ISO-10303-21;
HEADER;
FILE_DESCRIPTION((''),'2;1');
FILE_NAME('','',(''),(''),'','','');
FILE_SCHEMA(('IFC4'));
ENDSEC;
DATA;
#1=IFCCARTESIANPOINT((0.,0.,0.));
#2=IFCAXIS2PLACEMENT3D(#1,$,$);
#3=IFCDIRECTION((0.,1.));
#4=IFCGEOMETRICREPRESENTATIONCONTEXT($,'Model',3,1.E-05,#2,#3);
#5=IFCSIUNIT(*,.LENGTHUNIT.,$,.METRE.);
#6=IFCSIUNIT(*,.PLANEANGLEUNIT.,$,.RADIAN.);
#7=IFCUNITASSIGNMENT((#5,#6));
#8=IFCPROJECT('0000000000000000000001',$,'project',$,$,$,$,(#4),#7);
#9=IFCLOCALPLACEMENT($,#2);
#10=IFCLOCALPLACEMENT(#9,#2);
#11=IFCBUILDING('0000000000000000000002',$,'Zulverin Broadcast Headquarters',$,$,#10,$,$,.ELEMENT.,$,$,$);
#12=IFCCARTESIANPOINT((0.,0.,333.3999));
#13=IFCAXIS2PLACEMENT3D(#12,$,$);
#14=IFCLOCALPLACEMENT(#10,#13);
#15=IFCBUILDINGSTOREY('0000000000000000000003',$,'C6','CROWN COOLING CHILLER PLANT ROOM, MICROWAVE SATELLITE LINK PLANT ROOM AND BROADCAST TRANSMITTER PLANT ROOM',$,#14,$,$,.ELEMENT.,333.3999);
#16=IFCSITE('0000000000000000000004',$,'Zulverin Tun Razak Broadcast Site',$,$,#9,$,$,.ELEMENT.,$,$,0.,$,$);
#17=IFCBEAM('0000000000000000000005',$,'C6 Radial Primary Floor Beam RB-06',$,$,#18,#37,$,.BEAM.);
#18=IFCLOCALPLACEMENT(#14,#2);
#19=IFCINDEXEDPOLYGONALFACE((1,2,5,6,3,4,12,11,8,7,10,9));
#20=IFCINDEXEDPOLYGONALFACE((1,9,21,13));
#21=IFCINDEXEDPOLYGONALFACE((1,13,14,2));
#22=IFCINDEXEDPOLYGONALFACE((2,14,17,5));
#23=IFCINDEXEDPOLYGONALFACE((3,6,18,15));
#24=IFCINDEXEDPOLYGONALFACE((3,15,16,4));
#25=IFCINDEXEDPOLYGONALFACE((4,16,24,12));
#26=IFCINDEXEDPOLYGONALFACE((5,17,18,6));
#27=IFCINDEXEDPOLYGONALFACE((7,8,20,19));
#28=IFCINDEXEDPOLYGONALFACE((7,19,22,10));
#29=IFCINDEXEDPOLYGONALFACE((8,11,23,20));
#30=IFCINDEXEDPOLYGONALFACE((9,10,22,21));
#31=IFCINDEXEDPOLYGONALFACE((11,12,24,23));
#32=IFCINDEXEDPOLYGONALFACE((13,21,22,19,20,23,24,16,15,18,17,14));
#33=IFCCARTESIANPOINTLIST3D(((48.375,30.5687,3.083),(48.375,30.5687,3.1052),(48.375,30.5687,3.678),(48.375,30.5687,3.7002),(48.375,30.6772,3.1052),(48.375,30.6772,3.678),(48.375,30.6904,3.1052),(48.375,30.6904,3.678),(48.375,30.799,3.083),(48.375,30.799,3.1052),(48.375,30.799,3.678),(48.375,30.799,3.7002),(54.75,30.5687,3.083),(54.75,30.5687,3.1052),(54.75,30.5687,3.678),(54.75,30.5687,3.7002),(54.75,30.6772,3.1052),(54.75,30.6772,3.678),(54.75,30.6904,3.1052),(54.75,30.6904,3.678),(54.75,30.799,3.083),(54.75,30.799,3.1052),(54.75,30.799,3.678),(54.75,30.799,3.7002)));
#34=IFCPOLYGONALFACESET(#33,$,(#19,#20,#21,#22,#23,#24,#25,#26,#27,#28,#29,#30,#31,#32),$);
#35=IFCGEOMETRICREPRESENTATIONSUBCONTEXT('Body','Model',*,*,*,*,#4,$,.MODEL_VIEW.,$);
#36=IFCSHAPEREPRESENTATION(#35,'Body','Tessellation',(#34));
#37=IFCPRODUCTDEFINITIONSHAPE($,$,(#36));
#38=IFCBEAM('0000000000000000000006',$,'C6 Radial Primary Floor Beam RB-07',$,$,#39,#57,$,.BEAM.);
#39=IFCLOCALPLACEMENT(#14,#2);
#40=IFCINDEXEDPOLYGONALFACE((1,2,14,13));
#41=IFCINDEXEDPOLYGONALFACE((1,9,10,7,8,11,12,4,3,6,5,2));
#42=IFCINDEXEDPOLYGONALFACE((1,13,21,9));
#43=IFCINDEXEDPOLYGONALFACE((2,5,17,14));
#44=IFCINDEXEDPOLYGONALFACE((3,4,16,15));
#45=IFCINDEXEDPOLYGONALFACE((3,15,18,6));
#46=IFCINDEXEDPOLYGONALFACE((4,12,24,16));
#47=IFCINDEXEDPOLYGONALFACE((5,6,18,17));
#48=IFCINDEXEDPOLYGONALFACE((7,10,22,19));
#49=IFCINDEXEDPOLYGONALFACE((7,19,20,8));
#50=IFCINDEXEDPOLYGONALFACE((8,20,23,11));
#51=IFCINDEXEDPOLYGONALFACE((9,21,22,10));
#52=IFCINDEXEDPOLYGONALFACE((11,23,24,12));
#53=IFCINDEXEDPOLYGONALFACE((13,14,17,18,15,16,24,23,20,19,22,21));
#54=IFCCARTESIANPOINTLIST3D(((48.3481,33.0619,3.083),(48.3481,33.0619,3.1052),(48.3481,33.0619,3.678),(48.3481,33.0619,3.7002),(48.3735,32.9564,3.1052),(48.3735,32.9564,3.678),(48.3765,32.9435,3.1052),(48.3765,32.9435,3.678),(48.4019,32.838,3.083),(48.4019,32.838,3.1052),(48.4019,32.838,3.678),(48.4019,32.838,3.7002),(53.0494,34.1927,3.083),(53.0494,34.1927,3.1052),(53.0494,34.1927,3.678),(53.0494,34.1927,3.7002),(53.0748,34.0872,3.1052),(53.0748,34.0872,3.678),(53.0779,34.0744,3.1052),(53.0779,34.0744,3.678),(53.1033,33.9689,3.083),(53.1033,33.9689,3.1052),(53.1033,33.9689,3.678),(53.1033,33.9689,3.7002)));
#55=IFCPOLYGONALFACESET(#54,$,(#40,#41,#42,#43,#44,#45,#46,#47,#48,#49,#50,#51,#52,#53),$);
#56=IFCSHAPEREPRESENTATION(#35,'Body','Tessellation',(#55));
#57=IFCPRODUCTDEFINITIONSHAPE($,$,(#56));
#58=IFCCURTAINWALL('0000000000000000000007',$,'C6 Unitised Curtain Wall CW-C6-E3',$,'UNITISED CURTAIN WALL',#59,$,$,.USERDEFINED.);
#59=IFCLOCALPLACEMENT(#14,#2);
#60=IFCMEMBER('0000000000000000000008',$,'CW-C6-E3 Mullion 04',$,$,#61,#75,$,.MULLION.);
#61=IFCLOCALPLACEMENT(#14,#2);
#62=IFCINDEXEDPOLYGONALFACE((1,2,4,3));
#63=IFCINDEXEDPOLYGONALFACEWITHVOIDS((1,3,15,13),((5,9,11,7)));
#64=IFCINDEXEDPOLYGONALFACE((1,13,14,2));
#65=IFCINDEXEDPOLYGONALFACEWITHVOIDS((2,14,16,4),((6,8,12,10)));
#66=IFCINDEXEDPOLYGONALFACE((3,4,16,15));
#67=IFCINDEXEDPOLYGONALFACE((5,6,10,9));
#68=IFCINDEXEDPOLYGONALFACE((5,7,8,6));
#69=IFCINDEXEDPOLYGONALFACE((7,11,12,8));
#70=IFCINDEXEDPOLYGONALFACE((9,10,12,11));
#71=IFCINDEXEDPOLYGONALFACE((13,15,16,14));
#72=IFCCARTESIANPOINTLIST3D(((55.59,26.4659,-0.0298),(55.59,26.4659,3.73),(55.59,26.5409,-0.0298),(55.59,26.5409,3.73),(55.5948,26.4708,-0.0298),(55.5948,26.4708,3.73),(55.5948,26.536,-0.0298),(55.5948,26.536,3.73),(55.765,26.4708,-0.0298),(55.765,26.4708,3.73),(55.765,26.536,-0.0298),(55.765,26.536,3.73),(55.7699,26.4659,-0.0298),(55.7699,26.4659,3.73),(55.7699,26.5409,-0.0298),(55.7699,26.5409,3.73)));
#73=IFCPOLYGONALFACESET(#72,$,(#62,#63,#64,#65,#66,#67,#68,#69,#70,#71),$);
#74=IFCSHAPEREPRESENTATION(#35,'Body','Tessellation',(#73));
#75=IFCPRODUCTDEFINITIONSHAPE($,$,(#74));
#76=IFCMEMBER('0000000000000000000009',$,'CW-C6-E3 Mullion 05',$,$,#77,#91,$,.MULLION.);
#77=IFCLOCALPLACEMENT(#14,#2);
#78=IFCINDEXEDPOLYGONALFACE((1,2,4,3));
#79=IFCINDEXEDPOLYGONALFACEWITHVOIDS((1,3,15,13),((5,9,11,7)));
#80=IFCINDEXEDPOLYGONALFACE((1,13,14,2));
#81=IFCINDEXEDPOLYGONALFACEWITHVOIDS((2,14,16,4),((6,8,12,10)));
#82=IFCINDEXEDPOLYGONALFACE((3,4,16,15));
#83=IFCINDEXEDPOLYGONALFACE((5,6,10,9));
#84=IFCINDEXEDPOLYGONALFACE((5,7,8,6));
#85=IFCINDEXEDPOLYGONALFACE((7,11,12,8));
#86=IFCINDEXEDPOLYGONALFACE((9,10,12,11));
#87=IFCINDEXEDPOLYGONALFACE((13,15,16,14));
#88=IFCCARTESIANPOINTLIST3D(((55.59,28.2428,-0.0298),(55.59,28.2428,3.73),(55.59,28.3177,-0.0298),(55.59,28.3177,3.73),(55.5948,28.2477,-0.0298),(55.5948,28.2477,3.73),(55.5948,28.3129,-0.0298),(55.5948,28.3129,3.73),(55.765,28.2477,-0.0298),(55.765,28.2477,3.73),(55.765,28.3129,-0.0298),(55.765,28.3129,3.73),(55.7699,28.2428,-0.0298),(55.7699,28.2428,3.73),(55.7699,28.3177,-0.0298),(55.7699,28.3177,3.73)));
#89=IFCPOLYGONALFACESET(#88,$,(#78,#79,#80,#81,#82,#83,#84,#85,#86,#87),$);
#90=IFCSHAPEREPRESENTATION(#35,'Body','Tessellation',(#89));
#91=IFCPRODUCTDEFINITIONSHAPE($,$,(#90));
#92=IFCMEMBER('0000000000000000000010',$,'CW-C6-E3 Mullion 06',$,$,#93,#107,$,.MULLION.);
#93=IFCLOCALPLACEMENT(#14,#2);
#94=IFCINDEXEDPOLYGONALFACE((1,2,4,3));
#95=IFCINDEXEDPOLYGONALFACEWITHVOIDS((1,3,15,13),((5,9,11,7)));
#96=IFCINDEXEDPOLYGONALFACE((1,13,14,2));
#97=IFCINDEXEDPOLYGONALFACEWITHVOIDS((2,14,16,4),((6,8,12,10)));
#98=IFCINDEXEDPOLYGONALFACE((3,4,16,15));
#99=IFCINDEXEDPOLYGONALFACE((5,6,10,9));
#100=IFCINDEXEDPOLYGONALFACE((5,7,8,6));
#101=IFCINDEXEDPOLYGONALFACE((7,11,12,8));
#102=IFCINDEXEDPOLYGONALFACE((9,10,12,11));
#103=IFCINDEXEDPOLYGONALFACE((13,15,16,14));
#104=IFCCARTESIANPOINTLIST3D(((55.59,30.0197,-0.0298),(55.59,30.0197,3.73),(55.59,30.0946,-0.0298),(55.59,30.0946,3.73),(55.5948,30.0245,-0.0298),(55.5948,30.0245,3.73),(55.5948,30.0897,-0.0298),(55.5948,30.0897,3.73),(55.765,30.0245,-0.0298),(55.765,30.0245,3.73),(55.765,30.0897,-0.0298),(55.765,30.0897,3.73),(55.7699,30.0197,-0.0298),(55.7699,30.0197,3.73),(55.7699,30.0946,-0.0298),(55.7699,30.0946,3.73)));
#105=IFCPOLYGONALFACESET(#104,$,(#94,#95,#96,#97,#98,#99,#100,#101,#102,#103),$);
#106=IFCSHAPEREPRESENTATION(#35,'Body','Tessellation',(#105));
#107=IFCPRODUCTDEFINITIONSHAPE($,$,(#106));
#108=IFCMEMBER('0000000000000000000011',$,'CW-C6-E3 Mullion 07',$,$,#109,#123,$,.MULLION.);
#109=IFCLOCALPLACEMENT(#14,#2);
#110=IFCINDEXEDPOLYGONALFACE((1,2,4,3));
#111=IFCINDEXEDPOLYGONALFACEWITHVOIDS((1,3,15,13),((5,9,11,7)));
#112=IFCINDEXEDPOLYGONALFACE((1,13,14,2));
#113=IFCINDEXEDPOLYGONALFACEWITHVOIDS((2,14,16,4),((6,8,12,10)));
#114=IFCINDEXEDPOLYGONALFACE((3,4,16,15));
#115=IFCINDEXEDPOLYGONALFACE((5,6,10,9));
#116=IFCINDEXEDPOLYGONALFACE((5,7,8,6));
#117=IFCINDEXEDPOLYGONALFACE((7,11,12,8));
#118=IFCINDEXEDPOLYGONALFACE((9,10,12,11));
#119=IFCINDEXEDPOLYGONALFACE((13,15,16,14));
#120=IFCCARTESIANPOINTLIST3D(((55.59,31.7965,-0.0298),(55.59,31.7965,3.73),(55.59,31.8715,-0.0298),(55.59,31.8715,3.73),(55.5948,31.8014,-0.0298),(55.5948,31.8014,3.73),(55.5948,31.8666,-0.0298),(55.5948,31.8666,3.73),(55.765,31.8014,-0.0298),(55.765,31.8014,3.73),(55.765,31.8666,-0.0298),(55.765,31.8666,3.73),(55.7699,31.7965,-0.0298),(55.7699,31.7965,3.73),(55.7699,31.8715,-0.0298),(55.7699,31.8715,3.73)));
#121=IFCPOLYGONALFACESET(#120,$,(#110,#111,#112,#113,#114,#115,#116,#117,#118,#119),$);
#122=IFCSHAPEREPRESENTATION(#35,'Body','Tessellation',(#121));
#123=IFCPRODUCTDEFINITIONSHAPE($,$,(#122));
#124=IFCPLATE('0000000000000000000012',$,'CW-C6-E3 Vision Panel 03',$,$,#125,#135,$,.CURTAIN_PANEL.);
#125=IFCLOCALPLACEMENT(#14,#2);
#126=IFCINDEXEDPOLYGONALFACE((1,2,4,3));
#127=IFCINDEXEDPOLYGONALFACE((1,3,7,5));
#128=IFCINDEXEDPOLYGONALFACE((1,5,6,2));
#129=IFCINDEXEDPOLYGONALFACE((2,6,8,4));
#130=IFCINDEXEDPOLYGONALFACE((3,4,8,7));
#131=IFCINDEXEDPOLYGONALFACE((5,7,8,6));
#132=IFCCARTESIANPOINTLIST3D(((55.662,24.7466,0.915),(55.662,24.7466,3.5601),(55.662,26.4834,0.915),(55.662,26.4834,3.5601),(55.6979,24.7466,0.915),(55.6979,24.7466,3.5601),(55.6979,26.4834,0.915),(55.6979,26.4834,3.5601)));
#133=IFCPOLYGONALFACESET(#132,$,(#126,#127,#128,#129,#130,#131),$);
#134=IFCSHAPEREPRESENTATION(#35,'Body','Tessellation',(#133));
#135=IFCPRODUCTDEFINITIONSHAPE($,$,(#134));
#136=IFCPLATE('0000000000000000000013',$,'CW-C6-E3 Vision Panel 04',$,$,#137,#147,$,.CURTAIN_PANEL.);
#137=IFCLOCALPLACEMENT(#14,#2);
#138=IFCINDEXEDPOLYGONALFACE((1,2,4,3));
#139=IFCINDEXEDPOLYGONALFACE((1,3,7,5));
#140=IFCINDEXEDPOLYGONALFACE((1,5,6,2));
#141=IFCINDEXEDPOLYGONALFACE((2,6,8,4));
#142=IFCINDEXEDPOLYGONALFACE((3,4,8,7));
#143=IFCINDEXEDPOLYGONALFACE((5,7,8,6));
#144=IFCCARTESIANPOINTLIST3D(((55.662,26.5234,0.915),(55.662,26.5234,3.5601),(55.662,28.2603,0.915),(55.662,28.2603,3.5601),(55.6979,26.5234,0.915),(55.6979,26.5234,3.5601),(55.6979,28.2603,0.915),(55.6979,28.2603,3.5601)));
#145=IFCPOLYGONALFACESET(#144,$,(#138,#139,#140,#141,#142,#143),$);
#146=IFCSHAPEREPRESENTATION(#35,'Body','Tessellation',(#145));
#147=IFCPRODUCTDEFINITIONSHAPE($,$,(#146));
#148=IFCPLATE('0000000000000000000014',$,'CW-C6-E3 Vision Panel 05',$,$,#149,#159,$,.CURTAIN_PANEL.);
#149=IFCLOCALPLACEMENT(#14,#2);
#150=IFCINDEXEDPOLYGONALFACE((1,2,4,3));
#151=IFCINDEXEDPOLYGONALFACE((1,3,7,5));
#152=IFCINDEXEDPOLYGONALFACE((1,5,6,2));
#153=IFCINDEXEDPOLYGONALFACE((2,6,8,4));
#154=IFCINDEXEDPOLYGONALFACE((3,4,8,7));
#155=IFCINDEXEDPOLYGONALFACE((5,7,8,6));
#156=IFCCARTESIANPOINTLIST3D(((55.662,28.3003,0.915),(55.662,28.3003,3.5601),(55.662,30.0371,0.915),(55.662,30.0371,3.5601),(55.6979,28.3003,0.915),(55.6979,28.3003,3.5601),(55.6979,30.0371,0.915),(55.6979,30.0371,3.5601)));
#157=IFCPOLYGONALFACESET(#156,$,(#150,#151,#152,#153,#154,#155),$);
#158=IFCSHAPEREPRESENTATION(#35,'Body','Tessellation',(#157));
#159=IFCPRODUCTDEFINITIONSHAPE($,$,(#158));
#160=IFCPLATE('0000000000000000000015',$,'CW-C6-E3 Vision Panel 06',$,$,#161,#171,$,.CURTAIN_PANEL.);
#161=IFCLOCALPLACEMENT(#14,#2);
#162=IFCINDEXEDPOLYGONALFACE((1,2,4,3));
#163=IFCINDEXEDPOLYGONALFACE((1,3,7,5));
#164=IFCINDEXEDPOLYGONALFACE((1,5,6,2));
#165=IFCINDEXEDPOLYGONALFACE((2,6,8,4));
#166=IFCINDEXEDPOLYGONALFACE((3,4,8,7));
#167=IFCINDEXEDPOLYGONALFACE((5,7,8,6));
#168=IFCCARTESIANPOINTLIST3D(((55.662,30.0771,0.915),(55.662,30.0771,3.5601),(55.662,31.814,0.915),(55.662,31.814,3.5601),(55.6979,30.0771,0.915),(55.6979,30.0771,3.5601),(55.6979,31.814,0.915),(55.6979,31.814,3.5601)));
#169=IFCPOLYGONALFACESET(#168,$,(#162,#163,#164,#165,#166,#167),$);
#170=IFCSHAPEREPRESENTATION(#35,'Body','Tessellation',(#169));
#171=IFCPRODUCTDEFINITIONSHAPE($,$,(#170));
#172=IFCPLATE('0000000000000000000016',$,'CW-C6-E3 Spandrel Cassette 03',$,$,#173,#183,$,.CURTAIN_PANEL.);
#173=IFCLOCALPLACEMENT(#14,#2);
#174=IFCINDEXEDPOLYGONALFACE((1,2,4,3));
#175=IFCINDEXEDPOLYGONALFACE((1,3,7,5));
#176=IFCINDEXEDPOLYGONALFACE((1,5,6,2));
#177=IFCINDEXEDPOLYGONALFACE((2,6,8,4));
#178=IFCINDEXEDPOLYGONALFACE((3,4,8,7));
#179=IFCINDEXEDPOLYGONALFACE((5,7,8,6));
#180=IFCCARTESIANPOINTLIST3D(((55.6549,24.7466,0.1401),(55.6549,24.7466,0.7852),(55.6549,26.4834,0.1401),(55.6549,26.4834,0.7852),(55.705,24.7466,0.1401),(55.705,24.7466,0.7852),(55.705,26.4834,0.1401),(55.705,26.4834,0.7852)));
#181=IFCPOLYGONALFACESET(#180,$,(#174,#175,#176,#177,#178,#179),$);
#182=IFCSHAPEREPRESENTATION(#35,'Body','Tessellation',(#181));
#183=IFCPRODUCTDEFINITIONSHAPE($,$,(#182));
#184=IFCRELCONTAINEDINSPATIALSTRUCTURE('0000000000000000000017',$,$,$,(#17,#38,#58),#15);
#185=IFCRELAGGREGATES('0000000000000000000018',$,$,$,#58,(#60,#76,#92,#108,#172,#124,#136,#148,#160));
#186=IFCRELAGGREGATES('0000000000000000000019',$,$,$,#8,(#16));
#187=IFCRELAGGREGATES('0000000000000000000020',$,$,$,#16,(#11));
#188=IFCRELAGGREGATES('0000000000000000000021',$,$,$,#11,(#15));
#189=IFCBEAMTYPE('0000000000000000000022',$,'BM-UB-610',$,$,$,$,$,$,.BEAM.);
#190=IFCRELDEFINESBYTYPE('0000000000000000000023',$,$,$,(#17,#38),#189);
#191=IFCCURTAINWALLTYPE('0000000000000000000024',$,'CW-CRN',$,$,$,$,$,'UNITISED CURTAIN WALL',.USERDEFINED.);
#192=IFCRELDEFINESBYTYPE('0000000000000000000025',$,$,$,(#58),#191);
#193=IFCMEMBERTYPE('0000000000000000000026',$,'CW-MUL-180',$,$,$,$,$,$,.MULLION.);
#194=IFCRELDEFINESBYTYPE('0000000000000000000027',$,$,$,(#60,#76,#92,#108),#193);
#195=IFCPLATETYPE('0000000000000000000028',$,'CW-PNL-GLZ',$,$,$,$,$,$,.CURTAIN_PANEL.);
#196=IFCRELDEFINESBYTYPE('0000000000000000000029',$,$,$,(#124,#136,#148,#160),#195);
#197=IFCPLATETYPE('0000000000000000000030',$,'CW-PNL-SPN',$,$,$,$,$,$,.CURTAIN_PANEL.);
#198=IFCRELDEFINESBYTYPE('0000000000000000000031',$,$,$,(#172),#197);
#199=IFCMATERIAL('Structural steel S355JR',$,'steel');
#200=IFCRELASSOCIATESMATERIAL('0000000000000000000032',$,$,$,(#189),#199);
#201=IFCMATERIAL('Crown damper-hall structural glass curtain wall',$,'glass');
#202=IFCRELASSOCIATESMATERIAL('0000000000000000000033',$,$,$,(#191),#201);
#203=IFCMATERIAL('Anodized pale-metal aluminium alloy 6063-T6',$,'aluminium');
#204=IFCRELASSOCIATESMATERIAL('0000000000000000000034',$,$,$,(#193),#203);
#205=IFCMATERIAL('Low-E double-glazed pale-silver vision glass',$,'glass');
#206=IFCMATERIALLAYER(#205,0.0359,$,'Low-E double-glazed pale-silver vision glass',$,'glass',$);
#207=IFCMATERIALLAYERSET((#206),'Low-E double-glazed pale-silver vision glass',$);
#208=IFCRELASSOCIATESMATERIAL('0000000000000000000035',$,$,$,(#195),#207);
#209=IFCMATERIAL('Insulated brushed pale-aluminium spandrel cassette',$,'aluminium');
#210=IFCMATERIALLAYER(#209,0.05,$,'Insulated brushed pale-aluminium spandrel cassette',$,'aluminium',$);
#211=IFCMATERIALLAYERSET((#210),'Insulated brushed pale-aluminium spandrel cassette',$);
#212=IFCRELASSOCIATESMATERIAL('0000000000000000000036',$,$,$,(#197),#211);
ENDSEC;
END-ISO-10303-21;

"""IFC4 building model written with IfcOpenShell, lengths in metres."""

from ifc_helpers import new_model, si_unit, direction, frame, origin, origin_2d, place, context, subcontext, project, spatial, rectangle, hollow_rectangle, i_section, extrude, material, layer, layer_set, material_profile, profile_set, type_object, element, aggregate, save


model = new_model("IFC4")

# Units and contexts
model_context = context("Model", 3, precision=1e-05, world=origin(), true_north=direction((0.0, 1.0)))
body_context = subcontext(model_context, "Body", "Model", "MODEL_VIEW")
ifc_project = project(units=[si_unit("LENGTHUNIT", "METRE"), si_unit("PLANEANGLEUNIT", "RADIAN")], contexts=[model_context])

# Site, building, storey
site_placement = place(None, origin())
site = spatial("IfcSite", under=ifc_project, at=site_placement, Name="Zulverin Tun Razak Broadcast Site", CompositionType="ELEMENT", RefElevation=0.0)
building_placement = place(site_placement, origin())
building = spatial("IfcBuilding", under=site, at=building_placement, Name="Zulverin Broadcast Headquarters", CompositionType="ELEMENT")
storey_placement = place(building_placement, frame((0.0, 0.0, 333.3999)))
storey = spatial("IfcBuildingStorey", under=building, at=storey_placement, Name="C6", Description="CROWN COOLING CHILLER PLANT ROOM, MICROWAVE SATELLITE LINK PLANT ROOM AND BROADCAST TRANSMITTER PLANT ROOM", CompositionType="ELEMENT", Elevation=333.3999)

# Shared definitions
ifc_material_1 = material(Name="Structural steel S355JR", Category="steel")

# Beams
ifc_material_profile_1 = material_profile(ifc_material_1, i_section(OverallWidth=0.2302, OverallDepth=0.6172, WebThickness=0.0132, FlangeThickness=0.0222, at=origin_2d()), Name="Structural steel S355JR", Category="steel")
ifc_profile_set_1 = profile_set([ifc_material_profile_1], Name="Structural steel S355JR")
beam_type_1 = type_object("IfcBeamType", Name="BM-UB-610", PredefinedType="BEAM", material=ifc_profile_set_1)
beam_1_placement = place(storey_placement, frame((48.375, 30.6838, 3.3916), z_axis=(1.0, 0.0, 0.0), x_axis=(0.0, 1.0, 0.0)))
element("IfcBeam", 1, at=beam_1_placement, inside=storey, type_object=beam_type_1, Name="C6 Radial Primary Floor Beam RB-06", PredefinedType="BEAM", context=body_context, shape_type="SweptSolid", body=[
    extrude(i_section(OverallWidth=0.2302, OverallDepth=0.6172, WebThickness=0.0132, FlangeThickness=0.0222, at=origin_2d()), origin(), (0.0, 0.0, 1.0), 6.375),
])
beam_2_placement = place(storey_placement, frame((48.375, 32.95, 3.3916), z_axis=(0.972269, 0.233866, 0.0), x_axis=(-0.233866, 0.972269, 0.0)))
element("IfcBeam", 2, at=beam_2_placement, inside=storey, type_object=beam_type_1, Name="C6 Radial Primary Floor Beam RB-07", PredefinedType="BEAM", context=body_context, shape_type="SweptSolid", body=[
    extrude(i_section(OverallWidth=0.2302, OverallDepth=0.6172, WebThickness=0.0132, FlangeThickness=0.0222, at=origin_2d()), origin(), (0.0, 0.0, 1.0), 4.8354),
])

# Curtain wall, members, plates
ifc_material_2 = material(Name="Crown damper-hall structural glass curtain wall", Category="glass")
curtain_wall_type = type_object("IfcCurtainWallType", Name="CW-CRN", ElementType="UNITISED CURTAIN WALL", PredefinedType="USERDEFINED", material=ifc_material_2)
curtain_wall_placement = place(storey_placement, origin())
curtain_wall = element("IfcCurtainWall", 3, at=curtain_wall_placement, inside=storey, type_object=curtain_wall_type, Name="C6 Unitised Curtain Wall CW-C6-E3", ObjectType="UNITISED CURTAIN WALL", PredefinedType="USERDEFINED")
ifc_material_3 = material(Name="Anodized pale-metal aluminium alloy 6063-T6", Category="aluminium")
ifc_material_profile_2 = material_profile(ifc_material_3, hollow_rectangle(XDim=0.075, YDim=0.1799, WallThickness=0.0049, at=origin_2d()), Name="Anodized pale-metal aluminium alloy 6063-T6", Category="aluminium")
ifc_profile_set_2 = profile_set([ifc_material_profile_2], Name="Anodized pale-metal aluminium alloy 6063-T6")
member_type = type_object("IfcMemberType", Name="CW-MUL-180", PredefinedType="MULLION", material=ifc_profile_set_2)
member_1_placement = place(storey_placement, frame((55.6799, 26.5034, -0.0298), z_axis=(0.0, 0.0, 1.0), x_axis=(0.0, 1.0, 0.0)))
member_1 = element("IfcMember", 4, at=member_1_placement, type_object=member_type, Name="CW-C6-E3 Mullion 04", PredefinedType="MULLION", context=body_context, shape_type="SweptSolid", body=[
    extrude(hollow_rectangle(XDim=0.075, YDim=0.1799, WallThickness=0.0049, at=origin_2d()), origin(), (0.0, 0.0, 1.0), 3.7598),
])
member_2_placement = place(storey_placement, frame((55.6799, 28.2803, -0.0298), z_axis=(0.0, 0.0, 1.0), x_axis=(0.0, 1.0, 0.0)))
member_2 = element("IfcMember", 5, at=member_2_placement, type_object=member_type, Name="CW-C6-E3 Mullion 05", PredefinedType="MULLION", context=body_context, shape_type="SweptSolid", body=[
    extrude(hollow_rectangle(XDim=0.075, YDim=0.1799, WallThickness=0.0049, at=origin_2d()), origin(), (0.0, 0.0, 1.0), 3.7598),
])
member_3_placement = place(storey_placement, frame((55.6799, 30.0571, -0.0298), z_axis=(0.0, 0.0, 1.0), x_axis=(0.0, 1.0, 0.0)))
member_3 = element("IfcMember", 6, at=member_3_placement, type_object=member_type, Name="CW-C6-E3 Mullion 06", PredefinedType="MULLION", context=body_context, shape_type="SweptSolid", body=[
    extrude(hollow_rectangle(XDim=0.075, YDim=0.1799, WallThickness=0.0049, at=origin_2d()), origin(), (0.0, 0.0, 1.0), 3.7598),
])
member_4_placement = place(storey_placement, frame((55.6799, 31.834, -0.0298), z_axis=(0.0, 0.0, 1.0), x_axis=(0.0, 1.0, 0.0)))
member_4 = element("IfcMember", 7, at=member_4_placement, type_object=member_type, Name="CW-C6-E3 Mullion 07", PredefinedType="MULLION", context=body_context, shape_type="SweptSolid", body=[
    extrude(hollow_rectangle(XDim=0.075, YDim=0.1799, WallThickness=0.0049, at=origin_2d()), origin(), (0.0, 0.0, 1.0), 3.7598),
])
ifc_material_4 = material(Name="Low-E double-glazed pale-silver vision glass", Category="glass")
ifc_layer_1 = layer(ifc_material_4, 0.0359, Name="Low-E double-glazed pale-silver vision glass", Category="glass")
ifc_layer_set_1 = layer_set([ifc_layer_1], Name="Low-E double-glazed pale-silver vision glass")
plate_type_1 = type_object("IfcPlateType", Name="CW-PNL-GLZ", PredefinedType="CURTAIN_PANEL", material=ifc_layer_set_1)
plate_1_placement = place(storey_placement, frame((55.6799, 25.615, 0.915), z_axis=(0.0, 0.0, 1.0), x_axis=(0.0, 1.0, 0.0)))
plate_1 = element("IfcPlate", 8, at=plate_1_placement, type_object=plate_type_1, Name="CW-C6-E3 Vision Panel 03", PredefinedType="CURTAIN_PANEL", context=body_context, shape_type="SweptSolid", body=[
    extrude(rectangle(XDim=1.7368, YDim=0.0359, at=origin_2d()), origin(), (0.0, 0.0, 1.0), 2.645),
])
plate_2_placement = place(storey_placement, frame((55.6799, 27.3918, 0.915), z_axis=(0.0, 0.0, 1.0), x_axis=(0.0, 1.0, 0.0)))
plate_2 = element("IfcPlate", 9, at=plate_2_placement, type_object=plate_type_1, Name="CW-C6-E3 Vision Panel 04", PredefinedType="CURTAIN_PANEL", context=body_context, shape_type="SweptSolid", body=[
    extrude(rectangle(XDim=1.7368, YDim=0.0359, at=origin_2d()), origin(), (0.0, 0.0, 1.0), 2.645),
])
plate_3_placement = place(storey_placement, frame((55.6799, 29.1687, 0.915), z_axis=(0.0, 0.0, 1.0), x_axis=(0.0, 1.0, 0.0)))
plate_3 = element("IfcPlate", 10, at=plate_3_placement, type_object=plate_type_1, Name="CW-C6-E3 Vision Panel 05", PredefinedType="CURTAIN_PANEL", context=body_context, shape_type="SweptSolid", body=[
    extrude(rectangle(XDim=1.7368, YDim=0.0359, at=origin_2d()), origin(), (0.0, 0.0, 1.0), 2.645),
])
plate_4_placement = place(storey_placement, frame((55.6799, 30.9456, 0.915), z_axis=(0.0, 0.0, 1.0), x_axis=(0.0, 1.0, 0.0)))
plate_4 = element("IfcPlate", 11, at=plate_4_placement, type_object=plate_type_1, Name="CW-C6-E3 Vision Panel 06", PredefinedType="CURTAIN_PANEL", context=body_context, shape_type="SweptSolid", body=[
    extrude(rectangle(XDim=1.7368, YDim=0.0359, at=origin_2d()), origin(), (0.0, 0.0, 1.0), 2.645),
])
ifc_material_5 = material(Name="Insulated brushed pale-aluminium spandrel cassette", Category="aluminium")
ifc_layer_2 = layer(ifc_material_5, 0.05, Name="Insulated brushed pale-aluminium spandrel cassette", Category="aluminium")
ifc_layer_set_2 = layer_set([ifc_layer_2], Name="Insulated brushed pale-aluminium spandrel cassette")
plate_type_2 = type_object("IfcPlateType", Name="CW-PNL-SPN", PredefinedType="CURTAIN_PANEL", material=ifc_layer_set_2)
plate_5_placement = place(storey_placement, frame((55.6799, 25.615, 0.1401), z_axis=(0.0, 0.0, 1.0), x_axis=(0.0, 1.0, 0.0)))
plate_5 = element("IfcPlate", 12, at=plate_5_placement, type_object=plate_type_2, Name="CW-C6-E3 Spandrel Cassette 03", PredefinedType="CURTAIN_PANEL", context=body_context, shape_type="SweptSolid", body=[
    extrude(rectangle(XDim=1.7368, YDim=0.05, at=origin_2d()), origin(), (0.0, 0.0, 1.0), 0.645),
])
aggregate(curtain_wall, [member_1, member_2, member_3, member_4, plate_5, plate_1, plate_2, plate_3, plate_4])

save(model, "model.ifc")
